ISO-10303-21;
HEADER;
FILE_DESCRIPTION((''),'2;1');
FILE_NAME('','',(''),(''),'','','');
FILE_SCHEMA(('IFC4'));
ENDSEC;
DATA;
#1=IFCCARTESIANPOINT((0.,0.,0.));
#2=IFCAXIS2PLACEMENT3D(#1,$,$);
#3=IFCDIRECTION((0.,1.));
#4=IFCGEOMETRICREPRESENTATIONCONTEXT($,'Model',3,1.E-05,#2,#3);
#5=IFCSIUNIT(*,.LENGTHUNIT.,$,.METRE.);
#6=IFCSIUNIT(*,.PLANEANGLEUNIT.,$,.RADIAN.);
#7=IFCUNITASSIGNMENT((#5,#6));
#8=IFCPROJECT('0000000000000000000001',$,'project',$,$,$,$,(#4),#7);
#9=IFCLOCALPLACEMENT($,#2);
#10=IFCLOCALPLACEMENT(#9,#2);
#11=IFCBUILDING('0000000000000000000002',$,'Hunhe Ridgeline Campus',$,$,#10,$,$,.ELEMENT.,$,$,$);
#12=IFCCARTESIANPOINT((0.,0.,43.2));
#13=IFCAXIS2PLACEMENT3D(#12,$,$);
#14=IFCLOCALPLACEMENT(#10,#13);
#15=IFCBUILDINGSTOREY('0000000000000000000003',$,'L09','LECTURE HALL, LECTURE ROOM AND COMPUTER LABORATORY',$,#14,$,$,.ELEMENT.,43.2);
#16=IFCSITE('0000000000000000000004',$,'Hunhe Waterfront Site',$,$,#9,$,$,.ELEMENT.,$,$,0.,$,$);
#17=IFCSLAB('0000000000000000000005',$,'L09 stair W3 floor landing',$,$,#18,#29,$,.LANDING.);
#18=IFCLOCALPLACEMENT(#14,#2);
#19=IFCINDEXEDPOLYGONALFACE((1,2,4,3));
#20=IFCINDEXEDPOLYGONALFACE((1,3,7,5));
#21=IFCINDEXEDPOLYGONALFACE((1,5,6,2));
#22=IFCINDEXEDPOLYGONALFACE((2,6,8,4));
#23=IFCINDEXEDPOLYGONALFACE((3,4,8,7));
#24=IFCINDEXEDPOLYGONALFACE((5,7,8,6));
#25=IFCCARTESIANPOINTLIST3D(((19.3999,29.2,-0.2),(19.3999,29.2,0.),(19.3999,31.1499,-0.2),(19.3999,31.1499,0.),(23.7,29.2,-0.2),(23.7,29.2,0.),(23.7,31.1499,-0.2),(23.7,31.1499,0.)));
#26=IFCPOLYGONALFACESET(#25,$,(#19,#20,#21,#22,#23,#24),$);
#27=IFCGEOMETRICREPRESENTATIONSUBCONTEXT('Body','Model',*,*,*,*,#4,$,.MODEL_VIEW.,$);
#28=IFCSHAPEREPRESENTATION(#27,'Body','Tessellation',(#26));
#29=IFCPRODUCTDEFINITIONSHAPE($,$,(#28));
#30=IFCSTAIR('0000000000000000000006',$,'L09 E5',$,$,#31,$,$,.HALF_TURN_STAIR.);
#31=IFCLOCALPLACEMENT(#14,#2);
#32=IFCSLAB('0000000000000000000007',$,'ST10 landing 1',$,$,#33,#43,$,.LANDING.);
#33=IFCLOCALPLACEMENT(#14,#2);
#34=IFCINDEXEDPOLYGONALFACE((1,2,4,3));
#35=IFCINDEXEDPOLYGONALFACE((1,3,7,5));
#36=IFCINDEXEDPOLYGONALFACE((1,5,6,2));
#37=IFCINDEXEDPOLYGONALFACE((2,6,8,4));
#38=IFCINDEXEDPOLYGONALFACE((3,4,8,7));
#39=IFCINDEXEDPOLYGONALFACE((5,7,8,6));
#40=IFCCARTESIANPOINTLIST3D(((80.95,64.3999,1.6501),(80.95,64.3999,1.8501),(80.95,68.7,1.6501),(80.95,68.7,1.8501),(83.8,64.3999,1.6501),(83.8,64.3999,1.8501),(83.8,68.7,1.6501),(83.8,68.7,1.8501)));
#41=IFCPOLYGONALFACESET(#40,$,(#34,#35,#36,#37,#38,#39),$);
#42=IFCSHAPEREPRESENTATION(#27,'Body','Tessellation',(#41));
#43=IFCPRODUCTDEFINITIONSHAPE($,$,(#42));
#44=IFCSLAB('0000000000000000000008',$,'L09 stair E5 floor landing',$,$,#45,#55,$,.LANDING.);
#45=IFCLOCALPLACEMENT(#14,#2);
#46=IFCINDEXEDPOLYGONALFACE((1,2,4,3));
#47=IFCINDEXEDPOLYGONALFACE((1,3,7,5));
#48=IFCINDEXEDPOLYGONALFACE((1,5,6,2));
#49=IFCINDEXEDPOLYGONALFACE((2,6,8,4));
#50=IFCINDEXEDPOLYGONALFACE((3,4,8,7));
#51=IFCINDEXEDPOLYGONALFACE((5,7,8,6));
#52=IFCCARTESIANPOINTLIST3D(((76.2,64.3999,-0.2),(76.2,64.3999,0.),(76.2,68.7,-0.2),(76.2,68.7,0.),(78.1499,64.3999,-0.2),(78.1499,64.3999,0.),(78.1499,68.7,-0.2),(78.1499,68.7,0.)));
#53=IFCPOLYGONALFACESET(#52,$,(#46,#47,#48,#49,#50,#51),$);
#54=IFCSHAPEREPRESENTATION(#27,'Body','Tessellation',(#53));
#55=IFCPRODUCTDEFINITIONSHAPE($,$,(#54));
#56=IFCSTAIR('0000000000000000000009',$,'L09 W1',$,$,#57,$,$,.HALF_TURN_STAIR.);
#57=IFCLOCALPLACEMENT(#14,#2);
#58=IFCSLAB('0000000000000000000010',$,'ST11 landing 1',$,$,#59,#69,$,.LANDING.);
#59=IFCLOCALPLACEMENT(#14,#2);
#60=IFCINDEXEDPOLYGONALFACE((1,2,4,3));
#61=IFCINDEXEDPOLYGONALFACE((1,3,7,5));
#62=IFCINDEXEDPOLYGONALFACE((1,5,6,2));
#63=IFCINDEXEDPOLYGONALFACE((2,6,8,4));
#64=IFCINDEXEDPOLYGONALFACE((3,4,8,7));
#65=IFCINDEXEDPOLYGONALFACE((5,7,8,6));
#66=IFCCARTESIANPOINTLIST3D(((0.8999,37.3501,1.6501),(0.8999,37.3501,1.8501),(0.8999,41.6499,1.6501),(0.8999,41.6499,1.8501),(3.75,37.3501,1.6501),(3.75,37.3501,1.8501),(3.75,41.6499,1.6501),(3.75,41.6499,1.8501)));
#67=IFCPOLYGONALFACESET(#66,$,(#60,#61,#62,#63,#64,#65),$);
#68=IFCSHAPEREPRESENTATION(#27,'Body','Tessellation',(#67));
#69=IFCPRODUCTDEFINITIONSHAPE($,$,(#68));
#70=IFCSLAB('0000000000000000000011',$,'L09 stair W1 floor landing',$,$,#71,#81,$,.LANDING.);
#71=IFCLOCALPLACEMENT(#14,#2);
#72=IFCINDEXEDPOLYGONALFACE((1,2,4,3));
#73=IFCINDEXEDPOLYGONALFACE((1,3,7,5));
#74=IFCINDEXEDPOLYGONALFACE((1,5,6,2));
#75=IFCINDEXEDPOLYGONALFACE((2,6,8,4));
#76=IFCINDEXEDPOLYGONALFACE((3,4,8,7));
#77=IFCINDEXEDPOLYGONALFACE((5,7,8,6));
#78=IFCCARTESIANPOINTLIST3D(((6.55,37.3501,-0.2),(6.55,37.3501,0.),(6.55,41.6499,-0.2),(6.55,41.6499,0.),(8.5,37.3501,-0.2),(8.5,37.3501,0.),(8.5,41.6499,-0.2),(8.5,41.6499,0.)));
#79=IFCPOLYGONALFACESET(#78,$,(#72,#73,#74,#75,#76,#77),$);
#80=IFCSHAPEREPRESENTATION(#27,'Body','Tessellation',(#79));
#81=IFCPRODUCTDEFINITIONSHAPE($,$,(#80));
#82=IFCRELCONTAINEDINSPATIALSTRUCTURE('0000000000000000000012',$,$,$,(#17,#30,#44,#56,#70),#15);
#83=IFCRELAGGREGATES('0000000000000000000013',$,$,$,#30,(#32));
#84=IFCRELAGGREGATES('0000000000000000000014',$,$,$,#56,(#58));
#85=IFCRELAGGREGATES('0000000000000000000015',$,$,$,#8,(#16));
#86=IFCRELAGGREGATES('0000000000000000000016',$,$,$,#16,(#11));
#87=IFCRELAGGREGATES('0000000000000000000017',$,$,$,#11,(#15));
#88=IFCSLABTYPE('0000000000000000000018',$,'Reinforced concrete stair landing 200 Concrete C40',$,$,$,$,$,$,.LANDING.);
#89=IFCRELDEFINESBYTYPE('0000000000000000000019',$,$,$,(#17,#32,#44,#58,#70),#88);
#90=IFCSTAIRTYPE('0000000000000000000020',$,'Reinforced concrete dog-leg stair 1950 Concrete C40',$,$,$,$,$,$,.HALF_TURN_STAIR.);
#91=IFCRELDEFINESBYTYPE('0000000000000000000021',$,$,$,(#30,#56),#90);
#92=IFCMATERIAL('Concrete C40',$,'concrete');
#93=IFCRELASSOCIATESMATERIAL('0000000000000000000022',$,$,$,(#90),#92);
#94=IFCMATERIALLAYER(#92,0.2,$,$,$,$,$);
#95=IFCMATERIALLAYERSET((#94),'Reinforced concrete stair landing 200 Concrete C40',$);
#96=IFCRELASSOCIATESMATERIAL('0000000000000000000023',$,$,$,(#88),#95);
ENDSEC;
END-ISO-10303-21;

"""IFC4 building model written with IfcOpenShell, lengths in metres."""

from ifc_helpers import new_model, si_unit, direction, frame, origin, place, context, subcontext, project, spatial, polyline, outline, extrude, material, layer, layer_set, type_object, element, aggregate, save


model = new_model("IFC4")

# Units and contexts
model_context = context("Model", 3, precision=1e-05, world=origin(), true_north=direction((0.0, 1.0)))
body_context = subcontext(model_context, "Body", "Model", "MODEL_VIEW")
ifc_project = project(units=[si_unit("LENGTHUNIT", "METRE"), si_unit("PLANEANGLEUNIT", "RADIAN")], contexts=[model_context])

# Site, building, storey
site_placement = place(None, origin())
site = spatial("IfcSite", under=ifc_project, at=site_placement, Name="Hunhe Waterfront Site", CompositionType="ELEMENT", RefElevation=0.0)
building_placement = place(site_placement, origin())
building = spatial("IfcBuilding", under=site, at=building_placement, Name="Hunhe Ridgeline Campus", CompositionType="ELEMENT")
storey_placement = place(building_placement, frame((0.0, 0.0, 43.2)))
storey = spatial("IfcBuildingStorey", under=building, at=storey_placement, Name="L09", Description="LECTURE HALL, LECTURE ROOM AND COMPUTER LABORATORY", CompositionType="ELEMENT", Elevation=43.2)

# Shared definitions
ifc_material_1 = material(Name="Concrete C40", Category="concrete")

# Shared definitions
stair_type = type_object("IfcStairType", Name="Reinforced concrete dog-leg stair 1950 Concrete C40", PredefinedType="HALF_TURN_STAIR", material=ifc_material_1)
ifc_layer_1 = layer(ifc_material_1, 0.2)
ifc_layer_set_1 = layer_set([ifc_layer_1], Name="Reinforced concrete stair landing 200 Concrete C40")
slab_type_1 = type_object("IfcSlabType", Name="Reinforced concrete stair landing 200 Concrete C40", PredefinedType="LANDING", material=ifc_layer_set_1)

# Slab
slab_1_placement = place(storey_placement, frame((0.0, 0.0, -0.2)))
element("IfcSlab", 1, at=slab_1_placement, inside=storey, type_object=slab_type_1, Name="L09 stair W3 floor landing", PredefinedType="LANDING", context=body_context, shape_type="SweptSolid", body=[
    extrude(outline(polyline([(23.7, 29.2), (23.7, 31.1499), (19.3999, 31.1499), (19.3999, 29.2), (23.7, 29.2)])), origin(), (0.0, 0.0, 1.0), 0.2),
])

# Stair, slab
stair_1_placement = place(storey_placement, origin())
stair_1 = element("IfcStair", 2, at=stair_1_placement, inside=storey, type_object=stair_type, Name="L09 E5", PredefinedType="HALF_TURN_STAIR")
slab_2_placement = place(storey_placement, frame((0.0, 0.0, 1.6501)))
slab_2 = element("IfcSlab", 3, at=slab_2_placement, type_object=slab_type_1, Name="ST10 landing 1", PredefinedType="LANDING", context=body_context, shape_type="SweptSolid", body=[
    extrude(outline(polyline([(80.95, 64.3999), (83.8, 64.3999), (83.8, 68.7), (80.95, 68.7), (80.95, 64.3999)])), origin(), (0.0, 0.0, 1.0), 0.2),
])
aggregate(stair_1, [slab_2])

# Slab
slab_3_placement = place(storey_placement, frame((0.0, 0.0, -0.2)))
element("IfcSlab", 4, at=slab_3_placement, inside=storey, type_object=slab_type_1, Name="L09 stair E5 floor landing", PredefinedType="LANDING", context=body_context, shape_type="SweptSolid", body=[
    extrude(outline(polyline([(76.2, 64.3999), (78.1499, 64.3999), (78.1499, 68.7), (76.2, 68.7), (76.2, 64.3999)])), origin(), (0.0, 0.0, 1.0), 0.2),
])

# Stair, slab
stair_2_placement = place(storey_placement, origin())
stair_2 = element("IfcStair", 5, at=stair_2_placement, inside=storey, type_object=stair_type, Name="L09 W1", PredefinedType="HALF_TURN_STAIR")
slab_4_placement = place(storey_placement, frame((0.0, 0.0, 1.6501)))
slab_4 = element("IfcSlab", 6, at=slab_4_placement, type_object=slab_type_1, Name="ST11 landing 1", PredefinedType="LANDING", context=body_context, shape_type="SweptSolid", body=[
    extrude(outline(polyline([(3.75, 41.6499), (0.8999, 41.6499), (0.8999, 37.3501), (3.75, 37.3501), (3.75, 41.6499)])), origin(), (0.0, 0.0, 1.0), 0.2),
])
aggregate(stair_2, [slab_4])

# Slab
slab_5_placement = place(storey_placement, frame((0.0, 0.0, -0.2)))
element("IfcSlab", 7, at=slab_5_placement, inside=storey, type_object=slab_type_1, Name="L09 stair W1 floor landing", PredefinedType="LANDING", context=body_context, shape_type="SweptSolid", body=[
    extrude(outline(polyline([(8.5, 41.6499), (6.55, 41.6499), (6.55, 37.3501), (8.5, 37.3501), (8.5, 41.6499)])), origin(), (0.0, 0.0, 1.0), 0.2),
])

save(model, "model.ifc")
